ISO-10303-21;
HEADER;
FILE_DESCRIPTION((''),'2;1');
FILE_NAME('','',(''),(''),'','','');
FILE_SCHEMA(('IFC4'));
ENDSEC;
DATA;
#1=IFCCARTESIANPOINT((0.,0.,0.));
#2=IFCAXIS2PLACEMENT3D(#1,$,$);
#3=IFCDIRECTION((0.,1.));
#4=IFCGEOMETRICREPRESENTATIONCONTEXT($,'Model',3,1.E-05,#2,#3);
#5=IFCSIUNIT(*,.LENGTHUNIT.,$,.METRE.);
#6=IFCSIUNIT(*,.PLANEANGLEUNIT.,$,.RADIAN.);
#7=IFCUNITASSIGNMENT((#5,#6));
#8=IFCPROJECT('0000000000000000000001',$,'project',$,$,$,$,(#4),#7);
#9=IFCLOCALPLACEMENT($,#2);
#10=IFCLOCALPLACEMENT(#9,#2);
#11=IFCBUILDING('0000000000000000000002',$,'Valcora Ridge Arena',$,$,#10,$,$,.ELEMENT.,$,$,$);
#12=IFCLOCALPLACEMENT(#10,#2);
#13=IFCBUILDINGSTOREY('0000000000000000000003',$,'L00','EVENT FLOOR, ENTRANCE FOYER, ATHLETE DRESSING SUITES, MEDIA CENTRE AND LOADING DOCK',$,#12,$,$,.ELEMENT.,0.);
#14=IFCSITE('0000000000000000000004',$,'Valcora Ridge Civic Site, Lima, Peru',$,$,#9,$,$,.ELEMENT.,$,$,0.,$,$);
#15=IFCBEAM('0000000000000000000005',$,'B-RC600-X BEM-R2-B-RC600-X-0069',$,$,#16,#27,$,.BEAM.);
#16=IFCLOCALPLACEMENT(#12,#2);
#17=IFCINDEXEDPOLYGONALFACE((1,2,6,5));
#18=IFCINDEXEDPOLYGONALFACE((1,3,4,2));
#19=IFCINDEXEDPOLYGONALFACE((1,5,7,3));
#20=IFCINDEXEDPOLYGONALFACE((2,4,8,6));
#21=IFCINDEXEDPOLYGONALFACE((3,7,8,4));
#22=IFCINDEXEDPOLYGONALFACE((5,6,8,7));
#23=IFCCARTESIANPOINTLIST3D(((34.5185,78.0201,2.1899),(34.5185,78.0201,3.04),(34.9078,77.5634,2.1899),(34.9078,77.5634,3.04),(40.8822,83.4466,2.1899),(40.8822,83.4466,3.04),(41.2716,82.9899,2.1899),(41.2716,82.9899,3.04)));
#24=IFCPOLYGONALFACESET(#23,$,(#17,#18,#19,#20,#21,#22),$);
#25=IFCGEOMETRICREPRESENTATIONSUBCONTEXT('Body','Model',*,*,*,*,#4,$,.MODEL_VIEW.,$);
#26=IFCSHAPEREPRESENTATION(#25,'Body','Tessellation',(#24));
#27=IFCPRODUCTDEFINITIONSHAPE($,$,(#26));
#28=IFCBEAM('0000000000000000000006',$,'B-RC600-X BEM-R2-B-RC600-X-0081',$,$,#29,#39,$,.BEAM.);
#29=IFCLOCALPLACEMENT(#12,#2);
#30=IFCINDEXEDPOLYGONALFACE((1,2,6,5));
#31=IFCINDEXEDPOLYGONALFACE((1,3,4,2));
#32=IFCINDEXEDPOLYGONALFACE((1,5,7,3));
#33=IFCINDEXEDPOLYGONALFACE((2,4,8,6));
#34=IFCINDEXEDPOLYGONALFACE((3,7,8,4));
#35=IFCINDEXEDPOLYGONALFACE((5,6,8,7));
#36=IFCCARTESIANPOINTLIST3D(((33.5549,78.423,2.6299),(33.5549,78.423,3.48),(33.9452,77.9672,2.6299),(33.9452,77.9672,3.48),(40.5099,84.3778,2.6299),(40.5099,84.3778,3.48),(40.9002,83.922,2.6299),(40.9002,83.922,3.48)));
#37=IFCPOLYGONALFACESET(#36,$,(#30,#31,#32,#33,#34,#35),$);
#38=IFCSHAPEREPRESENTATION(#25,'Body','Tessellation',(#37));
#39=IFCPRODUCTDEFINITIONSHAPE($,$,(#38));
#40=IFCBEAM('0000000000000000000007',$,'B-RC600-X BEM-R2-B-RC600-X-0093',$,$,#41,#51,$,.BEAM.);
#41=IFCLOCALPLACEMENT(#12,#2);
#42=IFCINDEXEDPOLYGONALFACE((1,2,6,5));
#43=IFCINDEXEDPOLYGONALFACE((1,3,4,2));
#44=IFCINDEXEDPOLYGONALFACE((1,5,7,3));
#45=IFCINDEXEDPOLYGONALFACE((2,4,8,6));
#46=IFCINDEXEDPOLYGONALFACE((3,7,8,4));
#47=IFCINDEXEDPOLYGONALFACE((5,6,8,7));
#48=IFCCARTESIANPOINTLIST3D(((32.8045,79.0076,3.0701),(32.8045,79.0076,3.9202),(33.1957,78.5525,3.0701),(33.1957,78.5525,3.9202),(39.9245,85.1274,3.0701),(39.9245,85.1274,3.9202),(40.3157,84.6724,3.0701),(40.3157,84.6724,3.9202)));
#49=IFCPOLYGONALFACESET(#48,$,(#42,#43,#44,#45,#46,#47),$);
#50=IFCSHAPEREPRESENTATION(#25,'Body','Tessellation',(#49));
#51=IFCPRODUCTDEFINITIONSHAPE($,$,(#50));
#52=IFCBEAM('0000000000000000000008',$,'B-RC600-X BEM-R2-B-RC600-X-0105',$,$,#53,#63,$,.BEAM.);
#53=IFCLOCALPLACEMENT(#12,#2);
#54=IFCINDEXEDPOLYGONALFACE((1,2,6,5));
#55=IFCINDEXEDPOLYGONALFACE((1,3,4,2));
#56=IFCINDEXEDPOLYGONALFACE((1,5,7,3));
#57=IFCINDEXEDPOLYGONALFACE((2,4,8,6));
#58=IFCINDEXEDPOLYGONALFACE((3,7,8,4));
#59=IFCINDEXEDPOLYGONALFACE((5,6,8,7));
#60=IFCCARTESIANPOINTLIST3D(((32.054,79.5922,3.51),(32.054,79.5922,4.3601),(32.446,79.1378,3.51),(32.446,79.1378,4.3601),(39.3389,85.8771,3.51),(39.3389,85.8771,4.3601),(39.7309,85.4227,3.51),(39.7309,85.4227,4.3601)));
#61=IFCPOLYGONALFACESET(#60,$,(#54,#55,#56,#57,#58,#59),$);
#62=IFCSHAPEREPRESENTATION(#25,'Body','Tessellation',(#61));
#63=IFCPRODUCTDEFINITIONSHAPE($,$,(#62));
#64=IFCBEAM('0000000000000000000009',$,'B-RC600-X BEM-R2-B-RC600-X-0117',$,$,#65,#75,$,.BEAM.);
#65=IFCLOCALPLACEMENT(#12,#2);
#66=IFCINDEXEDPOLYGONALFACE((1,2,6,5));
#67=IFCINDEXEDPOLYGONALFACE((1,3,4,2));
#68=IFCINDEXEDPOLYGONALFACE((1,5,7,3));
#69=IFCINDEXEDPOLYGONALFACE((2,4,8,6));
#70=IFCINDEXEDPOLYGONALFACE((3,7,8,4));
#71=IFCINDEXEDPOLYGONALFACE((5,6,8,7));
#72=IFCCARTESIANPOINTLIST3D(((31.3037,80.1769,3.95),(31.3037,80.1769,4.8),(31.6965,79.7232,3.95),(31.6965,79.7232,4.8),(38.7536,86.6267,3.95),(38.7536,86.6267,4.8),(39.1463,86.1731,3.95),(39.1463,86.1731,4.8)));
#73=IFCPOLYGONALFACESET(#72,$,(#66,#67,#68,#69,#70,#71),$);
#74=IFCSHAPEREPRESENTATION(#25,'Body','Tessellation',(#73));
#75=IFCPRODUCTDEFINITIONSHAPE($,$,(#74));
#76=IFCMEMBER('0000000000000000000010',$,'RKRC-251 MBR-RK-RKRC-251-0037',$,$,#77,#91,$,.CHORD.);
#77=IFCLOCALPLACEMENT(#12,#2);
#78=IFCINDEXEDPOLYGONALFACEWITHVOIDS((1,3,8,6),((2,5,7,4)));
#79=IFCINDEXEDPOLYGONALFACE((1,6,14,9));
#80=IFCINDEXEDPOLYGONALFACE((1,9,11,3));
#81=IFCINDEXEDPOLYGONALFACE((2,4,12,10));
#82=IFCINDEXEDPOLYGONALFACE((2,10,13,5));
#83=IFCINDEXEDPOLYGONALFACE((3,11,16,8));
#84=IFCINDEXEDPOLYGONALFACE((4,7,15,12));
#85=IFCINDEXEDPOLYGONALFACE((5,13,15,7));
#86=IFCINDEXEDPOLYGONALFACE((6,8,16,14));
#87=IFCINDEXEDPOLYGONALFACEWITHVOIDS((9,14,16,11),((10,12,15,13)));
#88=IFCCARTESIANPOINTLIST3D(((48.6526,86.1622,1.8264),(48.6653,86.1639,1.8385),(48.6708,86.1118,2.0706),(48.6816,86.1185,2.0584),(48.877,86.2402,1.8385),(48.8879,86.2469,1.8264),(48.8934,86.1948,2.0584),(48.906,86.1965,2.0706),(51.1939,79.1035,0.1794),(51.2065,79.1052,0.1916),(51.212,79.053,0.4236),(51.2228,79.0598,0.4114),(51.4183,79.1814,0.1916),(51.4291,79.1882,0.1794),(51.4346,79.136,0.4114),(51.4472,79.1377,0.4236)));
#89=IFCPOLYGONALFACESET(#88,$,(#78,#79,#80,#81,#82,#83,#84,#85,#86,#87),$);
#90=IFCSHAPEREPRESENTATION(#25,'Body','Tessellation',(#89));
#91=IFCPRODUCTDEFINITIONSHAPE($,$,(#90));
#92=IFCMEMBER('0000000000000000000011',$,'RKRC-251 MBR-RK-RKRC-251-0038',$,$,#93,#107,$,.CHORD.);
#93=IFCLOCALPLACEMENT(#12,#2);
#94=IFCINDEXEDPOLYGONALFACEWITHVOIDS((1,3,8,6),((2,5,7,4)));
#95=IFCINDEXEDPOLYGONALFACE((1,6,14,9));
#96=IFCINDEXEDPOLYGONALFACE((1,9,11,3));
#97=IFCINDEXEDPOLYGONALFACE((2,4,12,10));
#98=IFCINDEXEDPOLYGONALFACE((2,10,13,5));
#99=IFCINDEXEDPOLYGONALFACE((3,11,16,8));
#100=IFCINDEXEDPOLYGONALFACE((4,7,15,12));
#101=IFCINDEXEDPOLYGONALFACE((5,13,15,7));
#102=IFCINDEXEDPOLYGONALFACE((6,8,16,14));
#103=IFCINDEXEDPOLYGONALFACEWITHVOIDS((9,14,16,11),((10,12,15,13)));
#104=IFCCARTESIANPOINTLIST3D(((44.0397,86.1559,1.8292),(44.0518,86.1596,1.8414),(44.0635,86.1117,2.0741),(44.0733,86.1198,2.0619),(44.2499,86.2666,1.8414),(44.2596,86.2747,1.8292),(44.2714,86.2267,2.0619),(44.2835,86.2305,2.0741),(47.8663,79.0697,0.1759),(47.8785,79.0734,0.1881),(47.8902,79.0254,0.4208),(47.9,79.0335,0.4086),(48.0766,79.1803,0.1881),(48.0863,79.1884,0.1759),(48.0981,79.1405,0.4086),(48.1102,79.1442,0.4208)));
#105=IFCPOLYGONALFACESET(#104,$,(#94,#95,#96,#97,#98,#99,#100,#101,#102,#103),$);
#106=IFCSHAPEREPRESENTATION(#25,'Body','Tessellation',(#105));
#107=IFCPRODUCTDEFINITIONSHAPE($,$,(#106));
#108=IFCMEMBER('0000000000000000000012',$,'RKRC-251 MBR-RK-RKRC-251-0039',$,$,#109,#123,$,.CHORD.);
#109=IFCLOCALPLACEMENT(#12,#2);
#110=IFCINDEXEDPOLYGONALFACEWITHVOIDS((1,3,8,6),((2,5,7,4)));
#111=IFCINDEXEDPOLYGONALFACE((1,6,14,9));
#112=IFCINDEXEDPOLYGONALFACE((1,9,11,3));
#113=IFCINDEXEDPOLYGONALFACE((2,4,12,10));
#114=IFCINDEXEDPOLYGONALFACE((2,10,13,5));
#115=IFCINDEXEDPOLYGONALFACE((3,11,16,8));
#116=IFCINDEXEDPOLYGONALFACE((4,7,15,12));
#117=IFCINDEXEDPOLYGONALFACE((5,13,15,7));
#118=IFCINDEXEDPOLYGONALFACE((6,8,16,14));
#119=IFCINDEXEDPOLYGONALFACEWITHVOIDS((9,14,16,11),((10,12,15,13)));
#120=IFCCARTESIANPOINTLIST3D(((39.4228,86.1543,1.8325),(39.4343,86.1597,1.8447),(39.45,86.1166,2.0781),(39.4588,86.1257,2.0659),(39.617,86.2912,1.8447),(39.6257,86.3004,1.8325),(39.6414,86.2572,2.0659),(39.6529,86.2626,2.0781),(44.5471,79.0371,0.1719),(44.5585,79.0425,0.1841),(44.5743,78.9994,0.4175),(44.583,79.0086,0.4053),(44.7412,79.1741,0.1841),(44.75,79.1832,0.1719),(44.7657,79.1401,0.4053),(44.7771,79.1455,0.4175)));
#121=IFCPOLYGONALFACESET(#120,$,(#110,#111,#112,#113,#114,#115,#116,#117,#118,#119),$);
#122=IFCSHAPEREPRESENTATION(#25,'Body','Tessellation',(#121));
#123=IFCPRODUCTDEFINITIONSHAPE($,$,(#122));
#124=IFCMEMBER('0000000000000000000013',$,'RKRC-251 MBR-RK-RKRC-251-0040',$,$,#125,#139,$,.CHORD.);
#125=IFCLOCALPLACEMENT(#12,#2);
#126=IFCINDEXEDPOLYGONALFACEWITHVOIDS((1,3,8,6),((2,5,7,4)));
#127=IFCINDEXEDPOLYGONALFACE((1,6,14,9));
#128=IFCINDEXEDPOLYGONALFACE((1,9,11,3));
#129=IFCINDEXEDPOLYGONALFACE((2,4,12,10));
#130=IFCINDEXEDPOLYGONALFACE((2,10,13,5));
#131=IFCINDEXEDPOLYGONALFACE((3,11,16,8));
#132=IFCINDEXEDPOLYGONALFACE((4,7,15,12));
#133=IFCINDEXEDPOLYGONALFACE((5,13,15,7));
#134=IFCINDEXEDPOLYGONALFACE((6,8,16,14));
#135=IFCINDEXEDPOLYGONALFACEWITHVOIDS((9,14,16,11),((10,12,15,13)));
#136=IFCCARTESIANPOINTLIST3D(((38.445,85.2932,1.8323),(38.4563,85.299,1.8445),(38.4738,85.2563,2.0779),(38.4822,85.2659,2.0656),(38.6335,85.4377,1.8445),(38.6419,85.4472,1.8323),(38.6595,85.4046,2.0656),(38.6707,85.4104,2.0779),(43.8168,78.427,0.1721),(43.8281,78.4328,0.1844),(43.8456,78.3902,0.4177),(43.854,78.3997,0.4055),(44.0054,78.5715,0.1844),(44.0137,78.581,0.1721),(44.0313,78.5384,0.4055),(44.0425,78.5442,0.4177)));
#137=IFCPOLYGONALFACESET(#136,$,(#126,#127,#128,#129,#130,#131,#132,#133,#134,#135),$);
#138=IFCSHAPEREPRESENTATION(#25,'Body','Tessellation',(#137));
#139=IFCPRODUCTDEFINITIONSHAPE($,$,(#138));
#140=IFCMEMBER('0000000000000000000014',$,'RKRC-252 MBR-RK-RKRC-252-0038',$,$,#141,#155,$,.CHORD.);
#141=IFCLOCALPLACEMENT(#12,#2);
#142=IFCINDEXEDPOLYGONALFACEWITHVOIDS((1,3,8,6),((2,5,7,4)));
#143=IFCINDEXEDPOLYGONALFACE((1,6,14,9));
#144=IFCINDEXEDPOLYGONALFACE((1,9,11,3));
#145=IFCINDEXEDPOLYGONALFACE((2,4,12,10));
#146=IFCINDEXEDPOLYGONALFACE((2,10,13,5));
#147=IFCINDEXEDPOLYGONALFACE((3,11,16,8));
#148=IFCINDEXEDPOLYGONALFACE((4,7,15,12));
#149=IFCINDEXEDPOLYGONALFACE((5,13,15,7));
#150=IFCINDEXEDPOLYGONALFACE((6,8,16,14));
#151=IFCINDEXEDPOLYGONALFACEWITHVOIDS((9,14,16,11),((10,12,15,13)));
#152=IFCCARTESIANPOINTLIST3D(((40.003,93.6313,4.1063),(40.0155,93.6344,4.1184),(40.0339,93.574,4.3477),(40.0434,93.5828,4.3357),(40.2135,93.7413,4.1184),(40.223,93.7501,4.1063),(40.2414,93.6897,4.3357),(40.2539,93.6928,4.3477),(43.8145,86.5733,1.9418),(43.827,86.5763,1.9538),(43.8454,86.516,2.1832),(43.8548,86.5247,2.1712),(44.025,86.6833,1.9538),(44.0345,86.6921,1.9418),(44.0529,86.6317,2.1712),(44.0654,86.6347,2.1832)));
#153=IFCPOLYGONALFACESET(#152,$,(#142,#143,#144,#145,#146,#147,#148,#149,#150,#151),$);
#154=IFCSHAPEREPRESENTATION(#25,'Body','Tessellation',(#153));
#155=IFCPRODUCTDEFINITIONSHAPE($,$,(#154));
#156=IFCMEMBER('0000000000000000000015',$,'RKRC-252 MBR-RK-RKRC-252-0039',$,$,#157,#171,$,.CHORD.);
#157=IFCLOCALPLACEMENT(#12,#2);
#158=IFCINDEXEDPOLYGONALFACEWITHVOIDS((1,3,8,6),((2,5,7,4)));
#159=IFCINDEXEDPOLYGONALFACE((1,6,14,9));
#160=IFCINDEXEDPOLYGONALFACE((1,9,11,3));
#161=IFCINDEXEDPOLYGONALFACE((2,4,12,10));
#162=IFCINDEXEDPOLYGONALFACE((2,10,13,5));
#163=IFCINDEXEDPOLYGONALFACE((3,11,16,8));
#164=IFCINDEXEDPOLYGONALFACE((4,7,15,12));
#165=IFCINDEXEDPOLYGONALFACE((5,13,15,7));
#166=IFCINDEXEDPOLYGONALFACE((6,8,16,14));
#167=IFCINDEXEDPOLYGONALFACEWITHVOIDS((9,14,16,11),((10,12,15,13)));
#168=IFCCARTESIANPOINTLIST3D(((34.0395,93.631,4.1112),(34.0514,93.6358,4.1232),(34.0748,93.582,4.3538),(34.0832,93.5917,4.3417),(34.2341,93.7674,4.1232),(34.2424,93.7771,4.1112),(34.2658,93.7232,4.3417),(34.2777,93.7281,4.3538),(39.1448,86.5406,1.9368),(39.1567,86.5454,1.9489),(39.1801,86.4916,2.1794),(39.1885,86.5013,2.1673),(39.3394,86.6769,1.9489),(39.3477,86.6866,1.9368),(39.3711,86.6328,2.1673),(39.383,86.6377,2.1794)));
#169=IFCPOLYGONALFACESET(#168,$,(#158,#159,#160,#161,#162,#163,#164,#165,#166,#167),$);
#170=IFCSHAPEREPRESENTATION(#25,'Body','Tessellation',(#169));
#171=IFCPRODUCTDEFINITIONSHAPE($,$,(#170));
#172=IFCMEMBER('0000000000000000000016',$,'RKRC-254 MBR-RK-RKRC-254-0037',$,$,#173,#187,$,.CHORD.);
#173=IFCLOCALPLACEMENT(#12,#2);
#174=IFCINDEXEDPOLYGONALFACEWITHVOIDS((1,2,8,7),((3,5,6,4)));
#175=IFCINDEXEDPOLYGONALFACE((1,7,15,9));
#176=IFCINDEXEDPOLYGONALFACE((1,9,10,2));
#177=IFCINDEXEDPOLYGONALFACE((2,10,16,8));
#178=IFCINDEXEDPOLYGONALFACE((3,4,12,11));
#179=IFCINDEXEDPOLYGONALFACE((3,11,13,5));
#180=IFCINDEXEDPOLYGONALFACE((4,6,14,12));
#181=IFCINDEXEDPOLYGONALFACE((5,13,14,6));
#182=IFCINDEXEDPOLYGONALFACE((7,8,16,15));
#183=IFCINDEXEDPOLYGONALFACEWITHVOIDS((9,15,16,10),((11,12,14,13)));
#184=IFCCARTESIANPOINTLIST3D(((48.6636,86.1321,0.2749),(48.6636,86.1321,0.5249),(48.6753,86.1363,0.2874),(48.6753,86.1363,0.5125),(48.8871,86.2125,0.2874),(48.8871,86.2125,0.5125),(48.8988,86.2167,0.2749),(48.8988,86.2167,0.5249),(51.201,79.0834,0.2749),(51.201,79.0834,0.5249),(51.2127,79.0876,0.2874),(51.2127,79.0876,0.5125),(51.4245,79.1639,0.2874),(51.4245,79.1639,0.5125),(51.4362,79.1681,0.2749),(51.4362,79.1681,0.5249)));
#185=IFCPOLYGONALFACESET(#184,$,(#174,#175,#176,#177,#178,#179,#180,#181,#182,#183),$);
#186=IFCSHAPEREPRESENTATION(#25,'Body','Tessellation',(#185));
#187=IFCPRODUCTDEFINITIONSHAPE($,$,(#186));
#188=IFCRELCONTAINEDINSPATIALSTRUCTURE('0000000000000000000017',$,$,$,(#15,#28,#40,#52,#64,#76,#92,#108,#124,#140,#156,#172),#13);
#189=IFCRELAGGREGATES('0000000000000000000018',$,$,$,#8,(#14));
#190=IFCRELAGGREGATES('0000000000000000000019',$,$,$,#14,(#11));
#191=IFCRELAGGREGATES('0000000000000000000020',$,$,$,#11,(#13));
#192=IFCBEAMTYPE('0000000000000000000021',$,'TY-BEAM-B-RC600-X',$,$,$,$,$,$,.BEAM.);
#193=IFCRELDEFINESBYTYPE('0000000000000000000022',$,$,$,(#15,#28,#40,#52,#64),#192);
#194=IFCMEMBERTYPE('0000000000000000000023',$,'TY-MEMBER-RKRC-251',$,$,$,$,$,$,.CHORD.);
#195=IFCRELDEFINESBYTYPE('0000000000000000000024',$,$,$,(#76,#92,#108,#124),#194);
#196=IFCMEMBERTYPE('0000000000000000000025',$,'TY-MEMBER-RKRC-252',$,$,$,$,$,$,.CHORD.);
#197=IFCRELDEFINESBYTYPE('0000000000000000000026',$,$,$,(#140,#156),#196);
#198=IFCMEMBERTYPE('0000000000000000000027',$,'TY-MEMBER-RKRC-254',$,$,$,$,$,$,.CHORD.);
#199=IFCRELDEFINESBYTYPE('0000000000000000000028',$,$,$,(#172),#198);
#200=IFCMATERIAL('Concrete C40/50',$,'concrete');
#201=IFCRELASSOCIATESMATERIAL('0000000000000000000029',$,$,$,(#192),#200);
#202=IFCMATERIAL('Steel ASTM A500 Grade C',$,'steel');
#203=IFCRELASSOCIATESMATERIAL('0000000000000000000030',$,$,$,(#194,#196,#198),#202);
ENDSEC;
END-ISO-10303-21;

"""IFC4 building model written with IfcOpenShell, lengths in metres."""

from ifc_helpers import new_model, si_unit, direction, frame, origin, origin_2d, place, context, subcontext, project, spatial, rectangle, hollow_rectangle, extrude, material, material_profile, profile_set, type_object, element, save


model = new_model("IFC4")

# Units and contexts
model_context = context("Model", 3, precision=1e-05, world=origin(), true_north=direction((0.0, 1.0)))
body_context = subcontext(model_context, "Body", "Model", "MODEL_VIEW")
ifc_project = project(units=[si_unit("LENGTHUNIT", "METRE"), si_unit("PLANEANGLEUNIT", "RADIAN")], contexts=[model_context])

# Site, building, storey
site_placement = place(None, origin())
site = spatial("IfcSite", under=ifc_project, at=site_placement, Name="Valcora Ridge Civic Site, Lima, Peru", CompositionType="ELEMENT", RefElevation=0.0)
building_placement = place(site_placement, origin())
building = spatial("IfcBuilding", under=site, at=building_placement, Name="Valcora Ridge Arena", CompositionType="ELEMENT")
storey_placement = place(building_placement, origin())
storey = spatial("IfcBuildingStorey", under=building, at=storey_placement, Name="L00", Description="EVENT FLOOR, ENTRANCE FOYER, ATHLETE DRESSING SUITES, MEDIA CENTRE AND LOADING DOCK", CompositionType="ELEMENT", Elevation=0.0)

# Shared definitions
ifc_material_1 = material(Name="Concrete C40/50", Category="concrete")

# Beams
ifc_material_profile_1 = material_profile(ifc_material_1, rectangle(XDim=0.6001, YDim=0.8501, at=origin_2d()), Name="RC 600x850")
ifc_profile_set_1 = profile_set([ifc_material_profile_1], Name="Concrete C40/50")
beam_type = type_object("IfcBeamType", Name="TY-BEAM-B-RC600-X", PredefinedType="BEAM", material=ifc_profile_set_1)
beam_1_placement = place(storey_placement, frame((41.0769, 83.2183, 2.615), z_axis=(-0.760917, -0.648849, 0.0), x_axis=(0.648849, -0.760917, 0.0)))
element("IfcBeam", 1, at=beam_1_placement, inside=storey, type_object=beam_type, Name="B-RC600-X BEM-R2-B-RC600-X-0069", PredefinedType="BEAM", context=body_context, shape_type="SweptSolid", body=[
    extrude(rectangle(XDim=0.6001, YDim=0.8501, at=origin_2d()), origin(), (0.0, 0.0, 1.0), 8.3633),
])
beam_2_placement = place(storey_placement, frame((40.7051, 84.1499, 3.0549), z_axis=(-0.759616, -0.650372, 0.0), x_axis=(0.650372, -0.759616, 0.0)))
element("IfcBeam", 2, at=beam_2_placement, inside=storey, type_object=beam_type, Name="B-RC600-X BEM-R2-B-RC600-X-0081", PredefinedType="BEAM", context=body_context, shape_type="SweptSolid", body=[
    extrude(rectangle(XDim=0.6001, YDim=0.8501, at=origin_2d()), origin(), (0.0, 0.0, 1.0), 9.156),
])
beam_3_placement = place(storey_placement, frame((40.1201, 84.8999, 3.4951), z_axis=(-0.758366, -0.651829, 0.0), x_axis=(0.651829, -0.758366, 0.0)))
element("IfcBeam", 3, at=beam_3_placement, inside=storey, type_object=beam_type, Name="B-RC600-X BEM-R2-B-RC600-X-0093", PredefinedType="BEAM", context=body_context, shape_type="SweptSolid", body=[
    extrude(rectangle(XDim=0.6001, YDim=0.8501, at=origin_2d()), origin(), (0.0, 0.0, 1.0), 9.3887),
])
beam_4_placement = place(storey_placement, frame((39.5349, 85.6499, 3.9351), z_axis=(-0.757162, -0.653227, 0.0), x_axis=(0.653227, -0.757162, 0.0)))
element("IfcBeam", 4, at=beam_4_placement, inside=storey, type_object=beam_type, Name="B-RC600-X BEM-R2-B-RC600-X-0105", PredefinedType="BEAM", context=body_context, shape_type="SweptSolid", body=[
    extrude(rectangle(XDim=0.6001, YDim=0.8501, at=origin_2d()), origin(), (0.0, 0.0, 1.0), 9.6213),
])
beam_5_placement = place(storey_placement, frame((38.95, 86.3999, 4.375), z_axis=(-0.756024, -0.654544, 0.0), x_axis=(0.654544, -0.756024, 0.0)))
element("IfcBeam", 5, at=beam_5_placement, inside=storey, type_object=beam_type, Name="B-RC600-X BEM-R2-B-RC600-X-0117", PredefinedType="BEAM", context=body_context, shape_type="SweptSolid", body=[
    extrude(rectangle(XDim=0.6001, YDim=0.8501, at=origin_2d()), origin(), (0.0, 0.0, 1.0), 9.854),
])

# Members
ifc_material_2 = material(Name="Steel ASTM A500 Grade C", Category="steel")
ifc_material_profile_2 = material_profile(ifc_material_2, hollow_rectangle(XDim=0.25, YDim=0.25, WallThickness=0.0125, at=origin_2d()), Name="HSS250X250X12")
ifc_profile_set_2 = profile_set([ifc_material_profile_2], Name="Steel ASTM A500 Grade C")
member_type_1 = type_object("IfcMemberType", Name="TY-MEMBER-RKRC-251", PredefinedType="CHORD", material=ifc_profile_set_2)
member_1_placement = place(storey_placement, frame((51.3206, 79.1206, 0.3015), z_axis=(-0.33085, 0.919, 0.214422), x_axis=(-0.940884, -0.338729, 0.0)))
element("IfcMember", 6, at=member_1_placement, inside=storey, type_object=member_type_1, Name="RKRC-251 MBR-RK-RKRC-251-0037", PredefinedType="CHORD", context=body_context, shape_type="SweptSolid", body=[
    extrude(hollow_rectangle(XDim=0.25, YDim=0.25, WallThickness=0.0125, at=origin_2d()), origin(), (0.0, 0.0, 1.0), 7.6809),
])
member_2_placement = place(storey_placement, frame((47.9883, 79.1069, 0.2983), z_axis=(-0.465453, 0.861923, 0.201101), x_axis=(-0.879899, -0.475161, 0.0)))
element("IfcMember", 7, at=member_2_placement, inside=storey, type_object=member_type_1, Name="RKRC-251 MBR-RK-RKRC-251-0038", PredefinedType="CHORD", context=body_context, shape_type="SweptSolid", body=[
    extrude(hollow_rectangle(XDim=0.25, YDim=0.25, WallThickness=0.0125, at=origin_2d()), origin(), (0.0, 0.0, 1.0), 8.2214),
])
member_3_placement = place(storey_placement, frame((44.6621, 79.0913, 0.2947), z_axis=(-0.574095, 0.797371, 0.18605), x_axis=(-0.81154, -0.584297, 0.0)))
element("IfcMember", 8, at=member_3_placement, inside=storey, type_object=member_type_1, Name="RKRC-251 MBR-RK-RKRC-251-0039", PredefinedType="CHORD", context=body_context, shape_type="SweptSolid", body=[
    extrude(hollow_rectangle(XDim=0.25, YDim=0.25, WallThickness=0.0125, at=origin_2d()), origin(), (0.0, 0.0, 1.0), 8.9258),
])
member_4_placement = place(storey_placement, frame((43.9297, 78.4856, 0.2949), z_axis=(-0.605307, 0.773698, 0.18707), x_axis=(-0.787601, -0.616185, 0.0)))
element("IfcMember", 9, at=member_4_placement, inside=storey, type_object=member_type_1, Name="RKRC-251 MBR-RK-RKRC-251-0040", PredefinedType="CHORD", context=body_context, shape_type="SweptSolid", body=[
    extrude(hollow_rectangle(XDim=0.25, YDim=0.25, WallThickness=0.0125, at=origin_2d()), origin(), (0.0, 0.0, 1.0), 8.8745),
])
ifc_material_profile_3 = material_profile(ifc_material_2, hollow_rectangle(XDim=0.25, YDim=0.25, WallThickness=0.0125, at=origin_2d()), Name="HSS250X250X12")
ifc_profile_set_3 = profile_set([ifc_material_profile_3], Name="Steel ASTM A500 Grade C")
member_type_2 = type_object("IfcMemberType", Name="TY-MEMBER-RKRC-252", PredefinedType="CHORD", material=ifc_profile_set_3)
member_5_placement = place(storey_placement, frame((43.9399, 86.604, 2.0625), z_axis=(-0.458754, 0.849512, 0.260525), x_axis=(-0.879898, -0.475163, 0.0)))
element("IfcMember", 10, at=member_5_placement, inside=storey, type_object=member_type_2, Name="RKRC-252 MBR-RK-RKRC-252-0038", PredefinedType="CHORD", context=body_context, shape_type="SweptSolid", body=[
    extrude(hollow_rectangle(XDim=0.25, YDim=0.25, WallThickness=0.0125, at=origin_2d()), origin(), (0.0, 0.0, 1.0), 8.3083),
])
member_6_placement = place(storey_placement, frame((39.2639, 86.5891, 2.0581), z_axis=(-0.567024, 0.787505, 0.241496), x_axis=(-0.811524, -0.584319, 0.0)))
element("IfcMember", 11, at=member_6_placement, inside=storey, type_object=member_type_2, Name="RKRC-252 MBR-RK-RKRC-252-0039", PredefinedType="CHORD", context=body_context, shape_type="SweptSolid", body=[
    extrude(hollow_rectangle(XDim=0.25, YDim=0.25, WallThickness=0.0125, at=origin_2d()), origin(), (0.0, 0.0, 1.0), 9.0037),
])
ifc_material_profile_4 = material_profile(ifc_material_2, hollow_rectangle(XDim=0.25, YDim=0.25, WallThickness=0.0125, at=origin_2d()), Name="HSS250X250X12")
ifc_profile_set_4 = profile_set([ifc_material_profile_4], Name="Steel ASTM A500 Grade C")
member_type_3 = type_object("IfcMemberType", Name="TY-MEMBER-RKRC-254", PredefinedType="CHORD", material=ifc_profile_set_4)
member_7_placement = place(storey_placement, frame((51.3186, 79.1257, 0.3999), z_axis=(-0.338703, 0.940893, 0.0), x_axis=(-0.940893, -0.338703, 0.0)))
element("IfcMember", 12, at=member_7_placement, inside=storey, type_object=member_type_3, Name="RKRC-254 MBR-RK-RKRC-254-0037", PredefinedType="CHORD", context=body_context, shape_type="SweptSolid", body=[
    extrude(hollow_rectangle(XDim=0.25, YDim=0.25, WallThickness=0.0125, at=origin_2d()), origin(), (0.0, 0.0, 1.0), 7.4915),
])

save(model, "model.ifc")
